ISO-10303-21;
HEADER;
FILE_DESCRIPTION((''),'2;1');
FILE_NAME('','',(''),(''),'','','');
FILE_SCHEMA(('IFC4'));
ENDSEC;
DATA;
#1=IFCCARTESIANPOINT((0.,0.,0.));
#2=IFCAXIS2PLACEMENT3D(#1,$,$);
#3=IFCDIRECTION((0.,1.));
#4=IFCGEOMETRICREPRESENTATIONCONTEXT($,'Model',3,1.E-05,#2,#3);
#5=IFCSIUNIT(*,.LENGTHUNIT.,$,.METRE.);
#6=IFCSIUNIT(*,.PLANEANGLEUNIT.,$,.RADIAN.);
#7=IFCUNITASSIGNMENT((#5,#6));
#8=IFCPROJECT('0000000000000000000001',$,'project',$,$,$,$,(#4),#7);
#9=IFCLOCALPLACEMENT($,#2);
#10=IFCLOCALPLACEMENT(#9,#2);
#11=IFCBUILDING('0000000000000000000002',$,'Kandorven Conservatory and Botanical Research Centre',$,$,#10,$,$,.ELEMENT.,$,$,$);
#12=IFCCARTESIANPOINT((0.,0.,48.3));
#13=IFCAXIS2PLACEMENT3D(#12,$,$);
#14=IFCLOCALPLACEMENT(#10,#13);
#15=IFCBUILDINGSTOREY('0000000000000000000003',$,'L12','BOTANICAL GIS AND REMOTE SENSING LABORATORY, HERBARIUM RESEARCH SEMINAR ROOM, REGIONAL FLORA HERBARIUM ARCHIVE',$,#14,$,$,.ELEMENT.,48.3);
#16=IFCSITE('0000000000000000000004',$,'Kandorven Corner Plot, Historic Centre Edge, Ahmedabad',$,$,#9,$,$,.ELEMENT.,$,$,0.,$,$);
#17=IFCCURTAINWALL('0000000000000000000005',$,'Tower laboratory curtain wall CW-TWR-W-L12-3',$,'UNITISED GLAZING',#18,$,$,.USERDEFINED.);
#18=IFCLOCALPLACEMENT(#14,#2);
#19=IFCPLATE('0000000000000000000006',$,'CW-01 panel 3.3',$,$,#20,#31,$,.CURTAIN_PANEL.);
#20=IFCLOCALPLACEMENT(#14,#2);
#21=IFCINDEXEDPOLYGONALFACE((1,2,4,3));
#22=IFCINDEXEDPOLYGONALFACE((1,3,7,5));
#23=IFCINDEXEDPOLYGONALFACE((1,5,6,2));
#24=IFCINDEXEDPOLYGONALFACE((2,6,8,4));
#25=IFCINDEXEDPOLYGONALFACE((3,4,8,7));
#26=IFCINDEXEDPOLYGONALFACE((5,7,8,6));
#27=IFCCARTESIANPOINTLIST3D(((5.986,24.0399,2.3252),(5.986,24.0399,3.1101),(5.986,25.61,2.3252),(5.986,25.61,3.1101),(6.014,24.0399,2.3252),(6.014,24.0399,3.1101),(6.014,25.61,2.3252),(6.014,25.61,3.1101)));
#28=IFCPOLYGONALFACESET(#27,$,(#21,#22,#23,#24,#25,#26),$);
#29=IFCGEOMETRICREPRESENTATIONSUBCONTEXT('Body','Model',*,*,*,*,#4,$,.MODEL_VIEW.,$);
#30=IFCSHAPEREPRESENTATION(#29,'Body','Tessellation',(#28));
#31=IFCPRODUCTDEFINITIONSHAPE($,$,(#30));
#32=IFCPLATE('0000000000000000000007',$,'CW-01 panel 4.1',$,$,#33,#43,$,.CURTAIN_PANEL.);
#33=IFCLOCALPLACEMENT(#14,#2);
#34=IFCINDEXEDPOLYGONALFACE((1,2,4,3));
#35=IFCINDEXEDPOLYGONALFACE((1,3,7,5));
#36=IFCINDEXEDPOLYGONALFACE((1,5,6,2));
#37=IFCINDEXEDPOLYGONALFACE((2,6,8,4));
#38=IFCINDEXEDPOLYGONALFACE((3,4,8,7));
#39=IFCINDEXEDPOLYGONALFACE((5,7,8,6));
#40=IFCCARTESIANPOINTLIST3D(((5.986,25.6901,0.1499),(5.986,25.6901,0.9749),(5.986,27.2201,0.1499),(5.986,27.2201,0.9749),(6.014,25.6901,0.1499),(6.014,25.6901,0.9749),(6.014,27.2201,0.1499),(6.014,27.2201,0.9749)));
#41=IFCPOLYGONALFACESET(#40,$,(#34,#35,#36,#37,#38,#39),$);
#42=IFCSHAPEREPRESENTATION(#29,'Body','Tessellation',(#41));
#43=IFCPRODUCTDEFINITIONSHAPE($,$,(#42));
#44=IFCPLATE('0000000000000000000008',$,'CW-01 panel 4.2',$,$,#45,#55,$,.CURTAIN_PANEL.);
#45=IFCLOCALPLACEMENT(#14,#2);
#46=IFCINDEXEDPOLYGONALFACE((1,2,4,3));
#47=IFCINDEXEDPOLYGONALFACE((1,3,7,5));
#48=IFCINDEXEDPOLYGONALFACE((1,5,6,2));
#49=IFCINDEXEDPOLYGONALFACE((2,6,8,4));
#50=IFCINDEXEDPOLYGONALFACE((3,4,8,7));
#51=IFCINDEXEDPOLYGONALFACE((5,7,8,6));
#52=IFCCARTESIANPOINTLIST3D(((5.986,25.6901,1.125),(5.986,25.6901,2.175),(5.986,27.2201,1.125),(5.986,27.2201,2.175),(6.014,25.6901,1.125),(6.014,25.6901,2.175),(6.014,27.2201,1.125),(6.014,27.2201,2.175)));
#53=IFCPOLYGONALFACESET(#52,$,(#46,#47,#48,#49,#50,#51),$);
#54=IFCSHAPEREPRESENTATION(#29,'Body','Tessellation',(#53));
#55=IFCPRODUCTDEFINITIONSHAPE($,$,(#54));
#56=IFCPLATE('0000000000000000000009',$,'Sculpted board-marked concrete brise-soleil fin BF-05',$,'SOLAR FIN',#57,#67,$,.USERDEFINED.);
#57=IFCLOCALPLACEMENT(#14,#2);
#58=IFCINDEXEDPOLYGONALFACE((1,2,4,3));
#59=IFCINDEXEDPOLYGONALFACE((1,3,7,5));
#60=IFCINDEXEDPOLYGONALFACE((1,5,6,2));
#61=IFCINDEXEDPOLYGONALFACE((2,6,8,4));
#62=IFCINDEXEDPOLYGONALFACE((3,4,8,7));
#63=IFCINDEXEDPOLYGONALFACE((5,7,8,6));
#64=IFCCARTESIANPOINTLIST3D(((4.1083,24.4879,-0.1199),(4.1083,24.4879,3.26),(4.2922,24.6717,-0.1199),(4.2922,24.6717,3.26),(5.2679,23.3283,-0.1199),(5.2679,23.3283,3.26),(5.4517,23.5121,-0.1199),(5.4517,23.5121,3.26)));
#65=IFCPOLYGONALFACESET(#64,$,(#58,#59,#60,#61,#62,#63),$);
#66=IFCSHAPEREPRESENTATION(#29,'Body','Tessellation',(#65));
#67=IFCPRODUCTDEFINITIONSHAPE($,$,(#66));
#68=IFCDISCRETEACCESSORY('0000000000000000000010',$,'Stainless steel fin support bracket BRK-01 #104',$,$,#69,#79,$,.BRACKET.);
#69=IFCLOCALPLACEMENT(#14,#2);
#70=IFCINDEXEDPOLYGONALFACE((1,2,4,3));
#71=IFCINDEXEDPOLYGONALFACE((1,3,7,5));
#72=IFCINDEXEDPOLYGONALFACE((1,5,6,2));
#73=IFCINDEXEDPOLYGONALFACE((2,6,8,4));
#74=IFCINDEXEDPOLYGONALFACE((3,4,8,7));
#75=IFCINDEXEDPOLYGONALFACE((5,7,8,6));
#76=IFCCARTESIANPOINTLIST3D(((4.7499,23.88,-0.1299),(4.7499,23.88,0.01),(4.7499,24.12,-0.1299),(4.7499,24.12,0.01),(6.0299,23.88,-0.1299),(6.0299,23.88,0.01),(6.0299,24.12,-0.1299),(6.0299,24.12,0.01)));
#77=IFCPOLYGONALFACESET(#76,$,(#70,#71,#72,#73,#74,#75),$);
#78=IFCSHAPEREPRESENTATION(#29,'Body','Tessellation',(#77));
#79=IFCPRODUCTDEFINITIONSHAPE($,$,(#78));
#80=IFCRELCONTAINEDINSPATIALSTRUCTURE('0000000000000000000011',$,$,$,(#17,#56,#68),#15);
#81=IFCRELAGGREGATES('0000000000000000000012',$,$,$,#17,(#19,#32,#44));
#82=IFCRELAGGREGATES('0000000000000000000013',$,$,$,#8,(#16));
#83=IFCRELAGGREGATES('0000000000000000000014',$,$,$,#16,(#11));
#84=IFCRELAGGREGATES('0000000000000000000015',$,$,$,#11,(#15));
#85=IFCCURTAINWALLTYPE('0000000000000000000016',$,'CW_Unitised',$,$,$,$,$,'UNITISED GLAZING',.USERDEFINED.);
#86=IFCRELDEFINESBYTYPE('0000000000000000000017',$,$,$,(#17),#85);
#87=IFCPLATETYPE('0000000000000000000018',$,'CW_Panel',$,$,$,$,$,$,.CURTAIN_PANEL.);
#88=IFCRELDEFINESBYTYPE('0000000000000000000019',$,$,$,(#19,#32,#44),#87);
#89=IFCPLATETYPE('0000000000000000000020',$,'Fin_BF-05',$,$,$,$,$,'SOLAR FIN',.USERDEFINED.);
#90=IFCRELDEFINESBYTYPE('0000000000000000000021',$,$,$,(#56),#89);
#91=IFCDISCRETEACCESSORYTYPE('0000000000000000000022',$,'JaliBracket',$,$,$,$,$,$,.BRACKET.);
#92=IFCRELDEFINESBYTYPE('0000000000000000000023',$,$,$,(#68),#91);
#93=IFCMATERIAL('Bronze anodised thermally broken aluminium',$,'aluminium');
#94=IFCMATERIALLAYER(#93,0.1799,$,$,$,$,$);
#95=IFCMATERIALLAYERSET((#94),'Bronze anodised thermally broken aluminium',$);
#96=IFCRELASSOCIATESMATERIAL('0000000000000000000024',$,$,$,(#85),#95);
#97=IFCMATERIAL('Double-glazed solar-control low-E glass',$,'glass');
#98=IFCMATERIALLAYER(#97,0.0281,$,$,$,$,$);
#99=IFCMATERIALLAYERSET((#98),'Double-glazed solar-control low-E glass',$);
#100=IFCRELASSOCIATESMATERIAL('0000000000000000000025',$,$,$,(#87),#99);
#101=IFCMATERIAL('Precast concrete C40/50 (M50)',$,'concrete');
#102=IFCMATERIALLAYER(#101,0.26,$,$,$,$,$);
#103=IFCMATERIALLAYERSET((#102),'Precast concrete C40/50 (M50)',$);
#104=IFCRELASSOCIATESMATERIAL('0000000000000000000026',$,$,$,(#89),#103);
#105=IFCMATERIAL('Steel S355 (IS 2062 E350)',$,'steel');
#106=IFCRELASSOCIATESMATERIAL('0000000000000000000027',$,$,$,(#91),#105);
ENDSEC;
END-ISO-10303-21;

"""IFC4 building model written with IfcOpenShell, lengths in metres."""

from ifc_helpers import new_model, si_unit, direction, frame, origin, origin_2d, place, context, subcontext, project, spatial, rectangle, extrude, material, layer, layer_set, type_object, element, aggregate, save


model = new_model("IFC4")

# Units and contexts
model_context = context("Model", 3, precision=1e-05, world=origin(), true_north=direction((0.0, 1.0)))
body_context = subcontext(model_context, "Body", "Model", "MODEL_VIEW")
ifc_project = project(units=[si_unit("LENGTHUNIT", "METRE"), si_unit("PLANEANGLEUNIT", "RADIAN")], contexts=[model_context])

# Site, building, storey
site_placement = place(None, origin())
site = spatial("IfcSite", under=ifc_project, at=site_placement, Name="Kandorven Corner Plot, Historic Centre Edge, Ahmedabad", CompositionType="ELEMENT", RefElevation=0.0)
building_placement = place(site_placement, origin())
building = spatial("IfcBuilding", under=site, at=building_placement, Name="Kandorven Conservatory and Botanical Research Centre", CompositionType="ELEMENT")
storey_placement = place(building_placement, frame((0.0, 0.0, 48.3)))
storey = spatial("IfcBuildingStorey", under=building, at=storey_placement, Name="L12", Description="BOTANICAL GIS AND REMOTE SENSING LABORATORY, HERBARIUM RESEARCH SEMINAR ROOM, REGIONAL FLORA HERBARIUM ARCHIVE", CompositionType="ELEMENT", Elevation=48.3)

# Curtain wall, plates
ifc_material_1 = material(Name="Bronze anodised thermally broken aluminium", Category="aluminium")
ifc_layer_1 = layer(ifc_material_1, 0.1799)
ifc_layer_set_1 = layer_set([ifc_layer_1], Name="Bronze anodised thermally broken aluminium")
curtain_wall_type = type_object("IfcCurtainWallType", Name="CW_Unitised", ElementType="UNITISED GLAZING", PredefinedType="USERDEFINED", material=ifc_layer_set_1)
curtain_wall_placement = place(storey_placement, origin())
curtain_wall = element("IfcCurtainWall", 1, at=curtain_wall_placement, inside=storey, type_object=curtain_wall_type, Name="Tower laboratory curtain wall CW-TWR-W-L12-3", ObjectType="UNITISED GLAZING", PredefinedType="USERDEFINED")
ifc_material_2 = material(Name="Double-glazed solar-control low-E glass", Category="glass")
ifc_layer_2 = layer(ifc_material_2, 0.0281)
ifc_layer_set_2 = layer_set([ifc_layer_2], Name="Double-glazed solar-control low-E glass")
plate_type_1 = type_object("IfcPlateType", Name="CW_Panel", PredefinedType="CURTAIN_PANEL", material=ifc_layer_set_2)
plate_1_placement = place(storey_placement, frame((6.0, 24.825, 2.3252), z_axis=(0.0, 0.0, 1.0), x_axis=(0.0, 1.0, 0.0)))
plate_1 = element("IfcPlate", 2, at=plate_1_placement, type_object=plate_type_1, Name="CW-01 panel 3.3", PredefinedType="CURTAIN_PANEL", context=body_context, shape_type="SweptSolid", body=[
    extrude(rectangle(XDim=1.5701, YDim=0.0281, at=origin_2d()), origin(), (0.0, 0.0, 1.0), 0.7849),
])
plate_2_placement = place(storey_placement, frame((6.0, 26.4551, 0.1499), z_axis=(0.0, 0.0, 1.0), x_axis=(0.0, 1.0, 0.0)))
plate_2 = element("IfcPlate", 3, at=plate_2_placement, type_object=plate_type_1, Name="CW-01 panel 4.1", PredefinedType="CURTAIN_PANEL", context=body_context, shape_type="SweptSolid", body=[
    extrude(rectangle(XDim=1.53, YDim=0.0281, at=origin_2d()), origin(), (0.0, 0.0, 1.0), 0.825),
])
plate_3_placement = place(storey_placement, frame((6.0, 26.4551, 1.125), z_axis=(0.0, 0.0, 1.0), x_axis=(0.0, 1.0, 0.0)))
plate_3 = element("IfcPlate", 4, at=plate_3_placement, type_object=plate_type_1, Name="CW-01 panel 4.2", PredefinedType="CURTAIN_PANEL", context=body_context, shape_type="SweptSolid", body=[
    extrude(rectangle(XDim=1.53, YDim=0.0281, at=origin_2d()), origin(), (0.0, 0.0, 1.0), 1.05),
])
aggregate(curtain_wall, [plate_1, plate_2, plate_3])

# Plate
ifc_material_3 = material(Name="Precast concrete C40/50 (M50)", Category="concrete")
ifc_layer_3 = layer(ifc_material_3, 0.26)
ifc_layer_set_3 = layer_set([ifc_layer_3], Name="Precast concrete C40/50 (M50)")
plate_type_2 = type_object("IfcPlateType", Name="Fin_BF-05", ElementType="SOLAR FIN", PredefinedType="USERDEFINED", material=ifc_layer_set_3)
plate_4_placement = place(storey_placement, frame((4.78, 24.0, -0.1199), z_axis=(0.0, 0.0, 1.0), x_axis=(-0.707107, 0.707107, 0.0)))
element("IfcPlate", 5, at=plate_4_placement, inside=storey, type_object=plate_type_2, Name="Sculpted board-marked concrete brise-soleil fin BF-05", ObjectType="SOLAR FIN", PredefinedType="USERDEFINED", context=body_context, shape_type="SweptSolid", body=[
    extrude(rectangle(XDim=1.6399, YDim=0.26, at=origin_2d()), origin(), (0.0, 0.0, 1.0), 3.3799),
])

# Discrete accessory
ifc_material_4 = material(Name="Steel S355 (IS 2062 E350)", Category="steel")
discrete_accessory_type = type_object("IfcDiscreteAccessoryType", Name="JaliBracket", PredefinedType="BRACKET", material=ifc_material_4)
discrete_accessory_placement = place(storey_placement, frame((5.3899, 24.0, -0.1299), z_axis=(0.0, 0.0, 1.0), x_axis=(1.0, 0.0, 0.0)))
element("IfcDiscreteAccessory", 6, at=discrete_accessory_placement, inside=storey, type_object=discrete_accessory_type, Name="Stainless steel fin support bracket BRK-01 #104", PredefinedType="BRACKET", context=body_context, shape_type="SweptSolid", body=[
    extrude(rectangle(XDim=1.28, YDim=0.24, at=origin_2d()), origin(), (0.0, 0.0, 1.0), 0.1399),
])

save(model, "model.ifc")
